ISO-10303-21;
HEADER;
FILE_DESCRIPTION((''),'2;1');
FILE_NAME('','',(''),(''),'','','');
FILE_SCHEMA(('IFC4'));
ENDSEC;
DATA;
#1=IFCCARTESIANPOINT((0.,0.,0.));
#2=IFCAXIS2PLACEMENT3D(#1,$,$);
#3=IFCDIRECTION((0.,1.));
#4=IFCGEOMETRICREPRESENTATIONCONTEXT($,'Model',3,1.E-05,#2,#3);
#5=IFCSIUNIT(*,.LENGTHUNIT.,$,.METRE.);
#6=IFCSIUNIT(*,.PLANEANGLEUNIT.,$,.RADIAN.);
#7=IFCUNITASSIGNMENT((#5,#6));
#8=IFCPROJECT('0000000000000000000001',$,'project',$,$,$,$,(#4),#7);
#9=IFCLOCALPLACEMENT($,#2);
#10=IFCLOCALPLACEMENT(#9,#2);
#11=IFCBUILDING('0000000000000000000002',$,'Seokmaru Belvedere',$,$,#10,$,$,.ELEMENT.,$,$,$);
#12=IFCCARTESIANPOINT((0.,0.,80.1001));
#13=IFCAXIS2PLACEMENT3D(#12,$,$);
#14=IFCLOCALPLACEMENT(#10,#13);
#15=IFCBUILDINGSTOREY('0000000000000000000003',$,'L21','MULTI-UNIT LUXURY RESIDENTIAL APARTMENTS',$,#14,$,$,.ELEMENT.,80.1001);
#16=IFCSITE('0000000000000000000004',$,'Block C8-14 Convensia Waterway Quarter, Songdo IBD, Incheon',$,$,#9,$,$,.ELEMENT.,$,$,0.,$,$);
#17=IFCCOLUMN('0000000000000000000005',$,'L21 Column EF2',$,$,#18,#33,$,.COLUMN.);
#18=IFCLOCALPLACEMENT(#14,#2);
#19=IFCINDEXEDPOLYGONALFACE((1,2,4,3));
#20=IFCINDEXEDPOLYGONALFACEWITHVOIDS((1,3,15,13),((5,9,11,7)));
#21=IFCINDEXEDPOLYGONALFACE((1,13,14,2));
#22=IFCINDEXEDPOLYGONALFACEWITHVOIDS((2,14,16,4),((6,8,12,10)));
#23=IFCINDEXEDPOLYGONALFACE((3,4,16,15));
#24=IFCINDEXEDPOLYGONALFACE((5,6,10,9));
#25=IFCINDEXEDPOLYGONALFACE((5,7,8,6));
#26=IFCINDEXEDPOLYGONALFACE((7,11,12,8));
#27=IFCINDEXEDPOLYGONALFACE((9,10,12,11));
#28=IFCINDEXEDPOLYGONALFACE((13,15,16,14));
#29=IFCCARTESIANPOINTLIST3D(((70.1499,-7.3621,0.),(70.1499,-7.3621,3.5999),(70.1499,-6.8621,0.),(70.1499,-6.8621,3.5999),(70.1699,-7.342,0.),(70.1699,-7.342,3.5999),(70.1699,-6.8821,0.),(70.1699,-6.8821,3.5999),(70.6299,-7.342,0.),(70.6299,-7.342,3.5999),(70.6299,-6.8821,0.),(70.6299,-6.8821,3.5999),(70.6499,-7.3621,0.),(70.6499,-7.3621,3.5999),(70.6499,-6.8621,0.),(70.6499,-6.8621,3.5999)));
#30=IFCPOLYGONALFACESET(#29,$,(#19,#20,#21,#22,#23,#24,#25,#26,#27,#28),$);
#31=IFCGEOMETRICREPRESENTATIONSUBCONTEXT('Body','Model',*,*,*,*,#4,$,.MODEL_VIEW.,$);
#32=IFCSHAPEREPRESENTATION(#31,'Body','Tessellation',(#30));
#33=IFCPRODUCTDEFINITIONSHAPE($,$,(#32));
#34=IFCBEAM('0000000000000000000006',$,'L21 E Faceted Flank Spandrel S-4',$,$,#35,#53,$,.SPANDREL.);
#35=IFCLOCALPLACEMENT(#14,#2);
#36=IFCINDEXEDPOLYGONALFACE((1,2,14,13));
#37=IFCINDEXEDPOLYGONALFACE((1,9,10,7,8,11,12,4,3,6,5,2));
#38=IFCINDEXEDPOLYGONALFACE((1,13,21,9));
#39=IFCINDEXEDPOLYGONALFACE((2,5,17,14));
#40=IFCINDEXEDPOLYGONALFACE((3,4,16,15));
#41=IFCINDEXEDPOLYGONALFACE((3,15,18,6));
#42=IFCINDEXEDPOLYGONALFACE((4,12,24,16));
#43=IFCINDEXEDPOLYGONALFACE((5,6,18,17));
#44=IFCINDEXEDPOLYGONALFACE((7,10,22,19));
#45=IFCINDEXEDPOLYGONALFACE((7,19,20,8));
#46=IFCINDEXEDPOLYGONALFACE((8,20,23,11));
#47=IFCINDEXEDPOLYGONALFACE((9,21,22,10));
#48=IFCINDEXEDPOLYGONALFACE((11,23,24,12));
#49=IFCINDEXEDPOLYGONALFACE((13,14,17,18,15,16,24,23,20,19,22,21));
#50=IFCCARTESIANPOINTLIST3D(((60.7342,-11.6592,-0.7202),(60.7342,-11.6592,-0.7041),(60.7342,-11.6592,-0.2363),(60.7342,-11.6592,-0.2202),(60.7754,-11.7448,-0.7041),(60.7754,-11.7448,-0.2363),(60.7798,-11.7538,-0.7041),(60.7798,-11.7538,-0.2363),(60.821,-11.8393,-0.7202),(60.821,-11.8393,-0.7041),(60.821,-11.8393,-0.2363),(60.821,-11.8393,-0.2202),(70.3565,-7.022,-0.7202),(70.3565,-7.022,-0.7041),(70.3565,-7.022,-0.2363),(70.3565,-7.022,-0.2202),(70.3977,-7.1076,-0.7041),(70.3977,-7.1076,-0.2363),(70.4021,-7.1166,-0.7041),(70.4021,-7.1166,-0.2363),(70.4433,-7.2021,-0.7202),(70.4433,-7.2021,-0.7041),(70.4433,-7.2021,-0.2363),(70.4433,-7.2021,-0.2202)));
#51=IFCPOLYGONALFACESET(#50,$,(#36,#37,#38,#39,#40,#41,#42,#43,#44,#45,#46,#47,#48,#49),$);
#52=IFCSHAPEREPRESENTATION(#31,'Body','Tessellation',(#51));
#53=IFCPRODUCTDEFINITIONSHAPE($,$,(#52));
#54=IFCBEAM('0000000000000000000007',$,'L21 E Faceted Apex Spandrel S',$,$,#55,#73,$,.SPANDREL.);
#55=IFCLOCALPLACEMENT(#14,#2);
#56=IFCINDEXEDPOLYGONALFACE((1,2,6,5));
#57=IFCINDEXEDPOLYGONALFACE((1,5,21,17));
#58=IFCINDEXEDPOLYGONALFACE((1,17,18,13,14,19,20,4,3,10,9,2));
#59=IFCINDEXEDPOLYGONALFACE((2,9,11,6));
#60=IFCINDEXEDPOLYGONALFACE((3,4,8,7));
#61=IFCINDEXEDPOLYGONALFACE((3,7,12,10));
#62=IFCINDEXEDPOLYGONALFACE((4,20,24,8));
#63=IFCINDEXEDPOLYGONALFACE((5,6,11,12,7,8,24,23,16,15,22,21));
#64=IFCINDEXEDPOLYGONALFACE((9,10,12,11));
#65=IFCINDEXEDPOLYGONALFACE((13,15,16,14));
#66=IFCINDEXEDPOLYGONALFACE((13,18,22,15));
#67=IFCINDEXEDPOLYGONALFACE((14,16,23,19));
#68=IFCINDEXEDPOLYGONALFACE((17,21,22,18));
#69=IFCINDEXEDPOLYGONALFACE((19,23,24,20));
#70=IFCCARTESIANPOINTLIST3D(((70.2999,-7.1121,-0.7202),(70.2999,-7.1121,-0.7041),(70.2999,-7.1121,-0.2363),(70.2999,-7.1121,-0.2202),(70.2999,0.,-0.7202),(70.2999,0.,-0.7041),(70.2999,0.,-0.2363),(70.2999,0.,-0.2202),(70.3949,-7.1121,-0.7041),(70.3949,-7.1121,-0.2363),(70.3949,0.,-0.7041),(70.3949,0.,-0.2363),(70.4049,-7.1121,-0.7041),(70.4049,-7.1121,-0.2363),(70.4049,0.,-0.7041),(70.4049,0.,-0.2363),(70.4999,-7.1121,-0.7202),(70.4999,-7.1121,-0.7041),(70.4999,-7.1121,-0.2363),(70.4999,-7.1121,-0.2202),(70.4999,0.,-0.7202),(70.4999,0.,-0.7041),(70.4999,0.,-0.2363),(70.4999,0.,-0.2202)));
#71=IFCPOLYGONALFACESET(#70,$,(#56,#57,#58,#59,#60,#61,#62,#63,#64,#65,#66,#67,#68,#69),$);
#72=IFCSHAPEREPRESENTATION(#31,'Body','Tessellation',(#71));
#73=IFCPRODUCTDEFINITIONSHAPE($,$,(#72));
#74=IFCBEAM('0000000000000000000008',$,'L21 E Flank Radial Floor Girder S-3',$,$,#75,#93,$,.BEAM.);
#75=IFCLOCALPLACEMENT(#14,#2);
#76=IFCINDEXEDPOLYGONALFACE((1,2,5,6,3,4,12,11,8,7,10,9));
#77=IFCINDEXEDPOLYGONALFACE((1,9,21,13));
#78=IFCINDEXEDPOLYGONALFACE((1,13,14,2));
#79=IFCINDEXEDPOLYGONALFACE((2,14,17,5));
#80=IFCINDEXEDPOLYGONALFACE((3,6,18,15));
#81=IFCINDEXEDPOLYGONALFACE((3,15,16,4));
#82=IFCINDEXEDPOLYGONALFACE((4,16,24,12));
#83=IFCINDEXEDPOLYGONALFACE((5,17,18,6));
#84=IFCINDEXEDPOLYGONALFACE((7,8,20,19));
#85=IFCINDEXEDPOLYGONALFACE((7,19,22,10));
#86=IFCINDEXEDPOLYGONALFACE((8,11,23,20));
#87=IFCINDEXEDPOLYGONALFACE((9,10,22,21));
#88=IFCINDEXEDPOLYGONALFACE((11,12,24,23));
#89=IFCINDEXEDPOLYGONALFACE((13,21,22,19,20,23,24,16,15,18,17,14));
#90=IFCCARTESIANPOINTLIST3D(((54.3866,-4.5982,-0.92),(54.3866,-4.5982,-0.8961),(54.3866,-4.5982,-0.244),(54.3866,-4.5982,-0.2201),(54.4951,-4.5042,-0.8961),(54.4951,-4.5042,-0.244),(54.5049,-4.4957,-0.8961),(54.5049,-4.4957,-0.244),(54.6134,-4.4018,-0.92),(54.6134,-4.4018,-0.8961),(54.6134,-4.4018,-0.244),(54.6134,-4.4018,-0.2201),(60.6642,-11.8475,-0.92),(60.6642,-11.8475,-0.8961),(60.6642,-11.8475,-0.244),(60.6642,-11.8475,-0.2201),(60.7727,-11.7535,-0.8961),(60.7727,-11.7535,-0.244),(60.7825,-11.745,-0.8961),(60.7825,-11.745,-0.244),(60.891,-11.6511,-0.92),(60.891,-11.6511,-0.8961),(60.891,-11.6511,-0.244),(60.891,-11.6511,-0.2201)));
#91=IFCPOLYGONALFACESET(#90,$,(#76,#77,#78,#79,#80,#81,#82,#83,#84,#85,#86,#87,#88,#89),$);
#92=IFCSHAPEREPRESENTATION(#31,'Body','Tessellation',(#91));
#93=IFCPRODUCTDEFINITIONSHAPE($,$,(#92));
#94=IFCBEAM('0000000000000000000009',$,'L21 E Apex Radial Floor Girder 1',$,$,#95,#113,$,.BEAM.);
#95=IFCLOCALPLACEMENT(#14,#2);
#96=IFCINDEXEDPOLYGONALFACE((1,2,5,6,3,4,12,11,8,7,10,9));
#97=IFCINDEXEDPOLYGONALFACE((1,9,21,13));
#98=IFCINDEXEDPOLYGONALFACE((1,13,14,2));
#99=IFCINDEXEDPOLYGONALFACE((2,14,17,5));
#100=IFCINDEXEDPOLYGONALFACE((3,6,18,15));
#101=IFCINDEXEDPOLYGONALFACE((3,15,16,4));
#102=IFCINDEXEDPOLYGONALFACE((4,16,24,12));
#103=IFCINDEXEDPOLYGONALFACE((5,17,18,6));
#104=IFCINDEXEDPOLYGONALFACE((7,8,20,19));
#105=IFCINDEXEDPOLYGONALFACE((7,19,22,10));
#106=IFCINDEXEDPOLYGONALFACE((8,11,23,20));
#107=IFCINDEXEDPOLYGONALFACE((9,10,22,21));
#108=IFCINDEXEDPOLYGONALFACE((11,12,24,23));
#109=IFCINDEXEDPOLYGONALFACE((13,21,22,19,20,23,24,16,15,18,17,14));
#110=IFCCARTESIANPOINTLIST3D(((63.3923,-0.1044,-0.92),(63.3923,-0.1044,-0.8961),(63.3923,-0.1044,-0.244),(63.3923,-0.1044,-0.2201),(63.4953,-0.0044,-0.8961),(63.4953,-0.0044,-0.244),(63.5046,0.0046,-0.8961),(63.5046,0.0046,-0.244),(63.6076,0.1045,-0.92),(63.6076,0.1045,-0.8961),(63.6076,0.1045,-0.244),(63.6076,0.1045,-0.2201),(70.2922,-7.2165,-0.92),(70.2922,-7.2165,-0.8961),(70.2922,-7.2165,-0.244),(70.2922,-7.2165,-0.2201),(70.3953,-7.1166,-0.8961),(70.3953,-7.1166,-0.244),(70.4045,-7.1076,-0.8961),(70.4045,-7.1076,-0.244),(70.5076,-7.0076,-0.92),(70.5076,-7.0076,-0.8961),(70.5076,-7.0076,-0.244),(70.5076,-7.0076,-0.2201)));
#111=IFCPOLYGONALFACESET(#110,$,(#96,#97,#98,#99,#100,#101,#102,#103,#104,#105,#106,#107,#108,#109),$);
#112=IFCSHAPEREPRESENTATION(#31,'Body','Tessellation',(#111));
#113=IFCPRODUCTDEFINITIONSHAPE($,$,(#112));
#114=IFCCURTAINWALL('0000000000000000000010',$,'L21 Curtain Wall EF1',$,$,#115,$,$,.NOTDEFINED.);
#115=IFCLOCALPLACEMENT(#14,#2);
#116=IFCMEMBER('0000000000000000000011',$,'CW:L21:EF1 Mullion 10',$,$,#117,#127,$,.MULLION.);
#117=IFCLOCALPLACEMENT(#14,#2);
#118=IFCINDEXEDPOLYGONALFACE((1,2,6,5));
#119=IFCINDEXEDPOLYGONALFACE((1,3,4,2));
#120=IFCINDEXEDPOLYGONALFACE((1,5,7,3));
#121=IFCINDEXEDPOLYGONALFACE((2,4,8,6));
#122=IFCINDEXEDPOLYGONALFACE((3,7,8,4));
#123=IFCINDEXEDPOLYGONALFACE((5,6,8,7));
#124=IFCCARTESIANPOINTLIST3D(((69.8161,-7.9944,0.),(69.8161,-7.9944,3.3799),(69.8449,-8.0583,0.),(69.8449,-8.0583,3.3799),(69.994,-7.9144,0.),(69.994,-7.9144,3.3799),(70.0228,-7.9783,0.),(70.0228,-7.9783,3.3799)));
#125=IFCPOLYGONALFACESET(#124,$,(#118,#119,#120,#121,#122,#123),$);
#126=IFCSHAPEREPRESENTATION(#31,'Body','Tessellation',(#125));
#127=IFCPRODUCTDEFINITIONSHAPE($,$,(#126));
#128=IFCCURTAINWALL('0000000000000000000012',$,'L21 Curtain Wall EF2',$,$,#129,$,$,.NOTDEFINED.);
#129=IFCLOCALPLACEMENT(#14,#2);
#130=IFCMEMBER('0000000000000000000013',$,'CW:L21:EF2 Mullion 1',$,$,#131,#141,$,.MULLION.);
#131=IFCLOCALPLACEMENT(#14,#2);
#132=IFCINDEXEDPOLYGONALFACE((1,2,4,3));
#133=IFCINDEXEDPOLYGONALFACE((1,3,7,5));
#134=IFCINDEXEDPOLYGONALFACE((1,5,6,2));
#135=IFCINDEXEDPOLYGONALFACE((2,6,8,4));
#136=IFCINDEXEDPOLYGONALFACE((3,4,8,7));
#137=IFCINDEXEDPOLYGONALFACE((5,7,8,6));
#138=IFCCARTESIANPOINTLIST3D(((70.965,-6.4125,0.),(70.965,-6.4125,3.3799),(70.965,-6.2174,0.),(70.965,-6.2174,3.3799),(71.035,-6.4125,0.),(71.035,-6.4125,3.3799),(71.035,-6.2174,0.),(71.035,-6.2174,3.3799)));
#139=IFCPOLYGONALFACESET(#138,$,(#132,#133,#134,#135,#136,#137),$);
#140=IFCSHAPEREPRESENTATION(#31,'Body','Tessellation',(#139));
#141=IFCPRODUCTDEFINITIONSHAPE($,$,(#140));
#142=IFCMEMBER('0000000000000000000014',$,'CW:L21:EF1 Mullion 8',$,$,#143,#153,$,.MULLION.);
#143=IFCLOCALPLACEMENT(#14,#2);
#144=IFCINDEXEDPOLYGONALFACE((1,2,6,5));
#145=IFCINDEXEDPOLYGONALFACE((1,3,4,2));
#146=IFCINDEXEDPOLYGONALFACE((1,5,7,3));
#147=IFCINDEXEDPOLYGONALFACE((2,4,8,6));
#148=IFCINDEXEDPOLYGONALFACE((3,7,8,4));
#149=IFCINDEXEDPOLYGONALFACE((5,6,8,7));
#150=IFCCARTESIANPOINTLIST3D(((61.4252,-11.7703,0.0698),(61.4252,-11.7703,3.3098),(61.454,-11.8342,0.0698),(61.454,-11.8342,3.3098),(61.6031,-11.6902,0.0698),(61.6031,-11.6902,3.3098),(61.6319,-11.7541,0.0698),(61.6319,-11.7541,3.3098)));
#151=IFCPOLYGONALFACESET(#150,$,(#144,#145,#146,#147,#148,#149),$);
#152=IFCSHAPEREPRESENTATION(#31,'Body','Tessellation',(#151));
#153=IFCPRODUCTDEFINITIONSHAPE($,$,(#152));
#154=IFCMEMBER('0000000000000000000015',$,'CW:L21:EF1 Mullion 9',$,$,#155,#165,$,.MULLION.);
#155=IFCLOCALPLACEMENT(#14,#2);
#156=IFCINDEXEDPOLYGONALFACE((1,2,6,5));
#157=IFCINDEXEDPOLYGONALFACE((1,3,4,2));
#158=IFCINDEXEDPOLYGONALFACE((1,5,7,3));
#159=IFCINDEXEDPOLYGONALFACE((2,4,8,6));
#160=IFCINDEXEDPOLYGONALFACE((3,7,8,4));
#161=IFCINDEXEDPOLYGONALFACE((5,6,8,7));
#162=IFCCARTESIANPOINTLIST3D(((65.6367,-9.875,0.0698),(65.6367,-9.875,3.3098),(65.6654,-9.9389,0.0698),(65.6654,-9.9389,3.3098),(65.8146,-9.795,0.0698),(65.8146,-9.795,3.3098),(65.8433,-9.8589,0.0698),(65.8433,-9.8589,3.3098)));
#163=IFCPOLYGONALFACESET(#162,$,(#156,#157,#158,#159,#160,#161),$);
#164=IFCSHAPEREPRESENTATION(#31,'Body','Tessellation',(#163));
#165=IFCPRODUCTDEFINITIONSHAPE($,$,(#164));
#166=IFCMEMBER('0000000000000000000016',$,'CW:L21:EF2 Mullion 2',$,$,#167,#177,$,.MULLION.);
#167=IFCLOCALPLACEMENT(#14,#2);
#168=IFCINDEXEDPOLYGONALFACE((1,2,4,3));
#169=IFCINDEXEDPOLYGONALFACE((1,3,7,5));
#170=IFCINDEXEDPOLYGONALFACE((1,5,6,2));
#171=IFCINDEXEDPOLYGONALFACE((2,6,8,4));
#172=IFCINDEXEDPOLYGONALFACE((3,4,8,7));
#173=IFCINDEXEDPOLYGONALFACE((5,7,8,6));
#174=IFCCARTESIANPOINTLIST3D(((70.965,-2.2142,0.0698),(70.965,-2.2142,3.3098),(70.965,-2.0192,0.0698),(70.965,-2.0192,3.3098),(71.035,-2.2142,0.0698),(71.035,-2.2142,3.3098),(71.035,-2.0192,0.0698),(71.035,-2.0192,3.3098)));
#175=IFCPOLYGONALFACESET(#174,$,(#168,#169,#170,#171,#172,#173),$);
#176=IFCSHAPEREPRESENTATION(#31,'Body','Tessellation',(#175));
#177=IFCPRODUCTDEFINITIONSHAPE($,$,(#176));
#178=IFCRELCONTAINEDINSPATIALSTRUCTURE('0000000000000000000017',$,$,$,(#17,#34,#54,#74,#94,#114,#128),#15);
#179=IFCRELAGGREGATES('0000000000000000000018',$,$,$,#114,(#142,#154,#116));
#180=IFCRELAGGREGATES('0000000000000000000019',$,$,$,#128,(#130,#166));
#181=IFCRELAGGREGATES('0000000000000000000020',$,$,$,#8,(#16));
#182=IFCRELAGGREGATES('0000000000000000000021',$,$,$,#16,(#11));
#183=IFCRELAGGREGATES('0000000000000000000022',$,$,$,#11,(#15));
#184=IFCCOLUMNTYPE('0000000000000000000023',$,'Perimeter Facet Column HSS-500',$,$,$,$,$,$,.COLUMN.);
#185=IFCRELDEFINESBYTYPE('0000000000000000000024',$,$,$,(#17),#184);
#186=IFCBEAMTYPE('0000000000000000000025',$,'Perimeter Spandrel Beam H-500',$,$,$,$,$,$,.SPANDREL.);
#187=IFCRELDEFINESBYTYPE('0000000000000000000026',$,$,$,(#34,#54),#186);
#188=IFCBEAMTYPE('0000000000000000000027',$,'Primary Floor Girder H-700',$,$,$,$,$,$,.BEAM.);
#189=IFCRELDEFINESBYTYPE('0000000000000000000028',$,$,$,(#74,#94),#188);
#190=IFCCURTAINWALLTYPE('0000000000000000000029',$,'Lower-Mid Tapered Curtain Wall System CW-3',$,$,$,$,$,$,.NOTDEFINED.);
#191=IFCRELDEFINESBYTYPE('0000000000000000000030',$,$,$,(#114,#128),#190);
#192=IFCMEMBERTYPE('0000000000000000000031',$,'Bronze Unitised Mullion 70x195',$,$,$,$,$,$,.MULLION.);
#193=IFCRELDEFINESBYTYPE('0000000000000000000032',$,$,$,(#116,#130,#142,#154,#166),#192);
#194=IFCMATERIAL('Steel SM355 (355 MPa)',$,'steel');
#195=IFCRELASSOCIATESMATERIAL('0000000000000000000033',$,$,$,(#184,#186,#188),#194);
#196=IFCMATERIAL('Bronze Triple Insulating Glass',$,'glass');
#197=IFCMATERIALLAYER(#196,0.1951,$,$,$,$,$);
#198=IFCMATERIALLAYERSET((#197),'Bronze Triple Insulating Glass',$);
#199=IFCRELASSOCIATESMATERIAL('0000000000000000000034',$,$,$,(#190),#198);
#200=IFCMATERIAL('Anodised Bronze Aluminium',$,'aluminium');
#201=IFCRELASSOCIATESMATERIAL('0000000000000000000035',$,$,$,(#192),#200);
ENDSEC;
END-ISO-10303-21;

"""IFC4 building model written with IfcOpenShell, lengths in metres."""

from ifc_helpers import new_model, si_unit, direction, frame, origin, origin_2d, place, context, subcontext, project, spatial, rectangle, hollow_rectangle, i_section, extrude, source, transform, mapped, material, layer, layer_set, material_profile, profile_set, type_object, type_shapes, element, aggregate, save


model = new_model("IFC4")

# Units and contexts
model_context = context("Model", 3, precision=1e-05, world=origin(), true_north=direction((0.0, 1.0)))
body_context = subcontext(model_context, "Body", "Model", "MODEL_VIEW")
ifc_project = project(units=[si_unit("LENGTHUNIT", "METRE"), si_unit("PLANEANGLEUNIT", "RADIAN")], contexts=[model_context])

# Site, building, storey
site_placement = place(None, origin())
site = spatial("IfcSite", under=ifc_project, at=site_placement, Name="Block C8-14 Convensia Waterway Quarter, Songdo IBD, Incheon", CompositionType="ELEMENT", RefElevation=0.0)
building_placement = place(site_placement, origin())
building = spatial("IfcBuilding", under=site, at=building_placement, Name="Seokmaru Belvedere", CompositionType="ELEMENT")
storey_placement = place(building_placement, frame((0.0, 0.0, 80.1001)))
storey = spatial("IfcBuildingStorey", under=building, at=storey_placement, Name="L21", Description="MULTI-UNIT LUXURY RESIDENTIAL APARTMENTS", CompositionType="ELEMENT", Elevation=80.1001)

# Column
ifc_material_1 = material(Name="Steel SM355 (355 MPa)", Category="steel")
ifc_material_profile_1 = material_profile(ifc_material_1, hollow_rectangle(XDim=0.5, YDim=0.5, WallThickness=0.02, at=origin_2d()), Name="HSS-500x500x20")
ifc_profile_set_1 = profile_set([ifc_material_profile_1], Name="Steel SM355 (355 MPa)")
column_type = type_object("IfcColumnType", Name="Perimeter Facet Column HSS-500", PredefinedType="COLUMN", material=ifc_profile_set_1)
shared_shape_1 = source(origin(), body_context, "Body", "SweptSolid", [
    extrude(hollow_rectangle(XDim=0.5, YDim=0.5, WallThickness=0.02, at=origin_2d()), origin(), (0.0, 0.0, 1.0), 3.5999),
])
type_shapes(column_type, [shared_shape_1])
column_placement = place(storey_placement, frame((70.3999, -7.1121, 0.0), z_axis=(0.0, 0.0, 1.0), x_axis=(1.0, 0.0, 0.0)))
element("IfcColumn", 1, at=column_placement, inside=storey, type_object=column_type, Name="L21 Column EF2", PredefinedType="COLUMN", context=body_context, shape_type="MappedRepresentation", body=[
    mapped(shared_shape_1, transform((0.0, 0.0, 0.0), scale=1.0)),
])

# Beams
ifc_material_profile_2 = material_profile(ifc_material_1, i_section(OverallWidth=0.2, OverallDepth=0.5, WebThickness=0.01, FlangeThickness=0.0161, at=origin_2d()), Name="H-500x200x10x16")
ifc_profile_set_2 = profile_set([ifc_material_profile_2], Name="Steel SM355 (355 MPa)")
beam_type_1 = type_object("IfcBeamType", Name="Perimeter Spandrel Beam H-500", PredefinedType="SPANDREL", material=ifc_profile_set_2)
shared_shape_2 = source(origin(), body_context, "Body", "SweptSolid", [
    extrude(i_section(OverallWidth=0.2, OverallDepth=0.5, WebThickness=0.01, FlangeThickness=0.0161, at=origin_2d()), origin(), (0.0, 0.0, 1.0), 10.6814),
])
beam_1_placement = place(storey_placement, frame((60.7776, -11.7493, -0.4702), z_axis=(0.900846, 0.434138, 0.0), x_axis=(-0.434138, 0.900846, 0.0)))
element("IfcBeam", 2, at=beam_1_placement, inside=storey, type_object=beam_type_1, Name="L21 E Faceted Flank Spandrel S-4", PredefinedType="SPANDREL", context=body_context, shape_type="MappedRepresentation", body=[
    mapped(shared_shape_2, transform((0.0, 0.0, 0.0), scale=1.0)),
])
shared_shape_3 = source(origin(), body_context, "Body", "SweptSolid", [
    extrude(i_section(OverallWidth=0.2, OverallDepth=0.5, WebThickness=0.01, FlangeThickness=0.0161, at=origin_2d()), origin(), (0.0, 0.0, 1.0), 7.1121),
])
type_shapes(beam_type_1, [shared_shape_2, shared_shape_3])
beam_2_placement = place(storey_placement, frame((70.3999, -7.1121, -0.4702), z_axis=(0.0, 1.0, 0.0), x_axis=(-1.0, 0.0, 0.0)))
element("IfcBeam", 3, at=beam_2_placement, inside=storey, type_object=beam_type_1, Name="L21 E Faceted Apex Spandrel S", PredefinedType="SPANDREL", context=body_context, shape_type="MappedRepresentation", body=[
    mapped(shared_shape_3, transform((0.0, 0.0, 0.0), scale=1.0)),
])
ifc_material_profile_3 = material_profile(ifc_material_1, i_section(OverallWidth=0.3, OverallDepth=0.7, WebThickness=0.0129, FlangeThickness=0.0239, at=origin_2d()), Name="H-700x300x13x24")
ifc_profile_set_3 = profile_set([ifc_material_profile_3], Name="Steel SM355 (355 MPa)")
beam_type_2 = type_object("IfcBeamType", Name="Primary Floor Girder H-700", PredefinedType="BEAM", material=ifc_profile_set_3)
shared_shape_4 = source(origin(), body_context, "Body", "SweptSolid", [
    extrude(i_section(OverallWidth=0.3, OverallDepth=0.7, WebThickness=0.0129, FlangeThickness=0.0239, at=origin_2d()), origin(), (0.0, 0.0, 1.0), 9.5896),
])
beam_3_placement = place(storey_placement, frame((60.7776, -11.7493, -0.5701), z_axis=(-0.654626, 0.755953, 0.0), x_axis=(-0.755953, -0.654626, 0.0)))
element("IfcBeam", 4, at=beam_3_placement, inside=storey, type_object=beam_type_2, Name="L21 E Flank Radial Floor Girder S-3", PredefinedType="BEAM", context=body_context, shape_type="MappedRepresentation", body=[
    mapped(shared_shape_4, transform((0.0, 0.0, 0.0), scale=1.0)),
])
shared_shape_5 = source(origin(), body_context, "Body", "SweptSolid", [
    extrude(i_section(OverallWidth=0.3, OverallDepth=0.7, WebThickness=0.0129, FlangeThickness=0.0239, at=origin_2d()), origin(), (0.0, 0.0, 1.0), 9.9092),
])
type_shapes(beam_type_2, [shared_shape_4, shared_shape_5])
beam_4_placement = place(storey_placement, frame((70.3999, -7.1121, -0.5701), z_axis=(-0.696321, 0.717731, 0.0), x_axis=(-0.717731, -0.696321, 0.0)))
element("IfcBeam", 5, at=beam_4_placement, inside=storey, type_object=beam_type_2, Name="L21 E Apex Radial Floor Girder 1", PredefinedType="BEAM", context=body_context, shape_type="MappedRepresentation", body=[
    mapped(shared_shape_5, transform((0.0, 0.0, 0.0), scale=1.0)),
])

# Curtain walls, members
ifc_material_2 = material(Name="Bronze Triple Insulating Glass", Category="glass")
ifc_layer_1 = layer(ifc_material_2, 0.1951)
ifc_layer_set_1 = layer_set([ifc_layer_1], Name="Bronze Triple Insulating Glass")
curtain_wall_type = type_object("IfcCurtainWallType", Name="Lower-Mid Tapered Curtain Wall System CW-3", PredefinedType="NOTDEFINED", material=ifc_layer_set_1)
curtain_wall_1_placement = place(storey_placement, origin())
curtain_wall_1 = element("IfcCurtainWall", 6, at=curtain_wall_1_placement, inside=storey, type_object=curtain_wall_type, Name="L21 Curtain Wall EF1", PredefinedType="NOTDEFINED")
ifc_material_3 = material(Name="Anodised Bronze Aluminium", Category="aluminium")
ifc_material_profile_4 = material_profile(ifc_material_3, rectangle(XDim=0.0701, YDim=0.1951, at=origin_2d()), Name="CW-M-70x195")
ifc_profile_set_4 = profile_set([ifc_material_profile_4], Name="Anodised Bronze Aluminium")
member_type_1 = type_object("IfcMemberType", Name="Bronze Unitised Mullion 70x195", PredefinedType="MULLION", material=ifc_profile_set_4)
shared_shape_6 = source(origin(), body_context, "Body", "SweptSolid", [
    extrude(rectangle(XDim=0.0701, YDim=0.1951, at=origin_2d()), origin(), (0.0, 0.0, 1.0), 3.3799),
])
member_1_placement = place(storey_placement, frame((69.9194, -7.9863, 0.0), z_axis=(0.0, 0.0, 1.0), x_axis=(-0.410366, 0.911921, 0.0)))
member_1 = element("IfcMember", 7, at=member_1_placement, type_object=member_type_1, Name="CW:L21:EF1 Mullion 10", PredefinedType="MULLION", context=body_context, shape_type="MappedRepresentation", body=[
    mapped(shared_shape_6, transform((0.0, 0.0, 0.0), scale=1.0)),
])
curtain_wall_2_placement = place(storey_placement, origin())
curtain_wall_2 = element("IfcCurtainWall", 8, at=curtain_wall_2_placement, inside=storey, type_object=curtain_wall_type, Name="L21 Curtain Wall EF2", PredefinedType="NOTDEFINED")
member_2_placement = place(storey_placement, frame((71.0, -6.3149, 0.0), z_axis=(0.0, 0.0, 1.0), x_axis=(-1.0, 0.0, 0.0)))
member_2 = element("IfcMember", 9, at=member_2_placement, type_object=member_type_1, Name="CW:L21:EF2 Mullion 1", PredefinedType="MULLION", context=body_context, shape_type="MappedRepresentation", body=[
    mapped(shared_shape_6, transform((0.0, 0.0, 0.0), scale=1.0)),
])

# Members
shared_shape_7 = source(origin(), body_context, "Body", "SweptSolid", [
    extrude(rectangle(XDim=0.0701, YDim=0.1951, at=origin_2d()), origin(), (0.0, 0.0, 1.0), 3.24),
])
type_shapes(member_type_1, [shared_shape_6, shared_shape_7])
member_3_placement = place(storey_placement, frame((61.5286, -11.7622, 0.0698), z_axis=(0.0, 0.0, 1.0), x_axis=(-0.410366, 0.911921, 0.0)))
member_3 = element("IfcMember", 10, at=member_3_placement, type_object=member_type_1, Name="CW:L21:EF1 Mullion 8", PredefinedType="MULLION", context=body_context, shape_type="MappedRepresentation", body=[
    mapped(shared_shape_7, transform((0.0, 0.0, 0.0), scale=1.0)),
])
member_4_placement = place(storey_placement, frame((65.74, -9.8669, 0.0698), z_axis=(0.0, 0.0, 1.0), x_axis=(-0.410366, 0.911921, 0.0)))
member_4 = element("IfcMember", 11, at=member_4_placement, type_object=member_type_1, Name="CW:L21:EF1 Mullion 9", PredefinedType="MULLION", context=body_context, shape_type="MappedRepresentation", body=[
    mapped(shared_shape_7, transform((0.0, 0.0, 0.0), scale=1.0)),
])
member_5_placement = place(storey_placement, frame((71.0, -2.1167, 0.0698), z_axis=(0.0, 0.0, 1.0), x_axis=(-1.0, 0.0, 0.0)))
member_5 = element("IfcMember", 12, at=member_5_placement, type_object=member_type_1, Name="CW:L21:EF2 Mullion 2", PredefinedType="MULLION", context=body_context, shape_type="MappedRepresentation", body=[
    mapped(shared_shape_7, transform((0.0, 0.0, 0.0), scale=1.0)),
])

aggregate(curtain_wall_1, [member_3, member_4, member_1])
aggregate(curtain_wall_2, [member_2, member_5])

save(model, "model.ifc")
